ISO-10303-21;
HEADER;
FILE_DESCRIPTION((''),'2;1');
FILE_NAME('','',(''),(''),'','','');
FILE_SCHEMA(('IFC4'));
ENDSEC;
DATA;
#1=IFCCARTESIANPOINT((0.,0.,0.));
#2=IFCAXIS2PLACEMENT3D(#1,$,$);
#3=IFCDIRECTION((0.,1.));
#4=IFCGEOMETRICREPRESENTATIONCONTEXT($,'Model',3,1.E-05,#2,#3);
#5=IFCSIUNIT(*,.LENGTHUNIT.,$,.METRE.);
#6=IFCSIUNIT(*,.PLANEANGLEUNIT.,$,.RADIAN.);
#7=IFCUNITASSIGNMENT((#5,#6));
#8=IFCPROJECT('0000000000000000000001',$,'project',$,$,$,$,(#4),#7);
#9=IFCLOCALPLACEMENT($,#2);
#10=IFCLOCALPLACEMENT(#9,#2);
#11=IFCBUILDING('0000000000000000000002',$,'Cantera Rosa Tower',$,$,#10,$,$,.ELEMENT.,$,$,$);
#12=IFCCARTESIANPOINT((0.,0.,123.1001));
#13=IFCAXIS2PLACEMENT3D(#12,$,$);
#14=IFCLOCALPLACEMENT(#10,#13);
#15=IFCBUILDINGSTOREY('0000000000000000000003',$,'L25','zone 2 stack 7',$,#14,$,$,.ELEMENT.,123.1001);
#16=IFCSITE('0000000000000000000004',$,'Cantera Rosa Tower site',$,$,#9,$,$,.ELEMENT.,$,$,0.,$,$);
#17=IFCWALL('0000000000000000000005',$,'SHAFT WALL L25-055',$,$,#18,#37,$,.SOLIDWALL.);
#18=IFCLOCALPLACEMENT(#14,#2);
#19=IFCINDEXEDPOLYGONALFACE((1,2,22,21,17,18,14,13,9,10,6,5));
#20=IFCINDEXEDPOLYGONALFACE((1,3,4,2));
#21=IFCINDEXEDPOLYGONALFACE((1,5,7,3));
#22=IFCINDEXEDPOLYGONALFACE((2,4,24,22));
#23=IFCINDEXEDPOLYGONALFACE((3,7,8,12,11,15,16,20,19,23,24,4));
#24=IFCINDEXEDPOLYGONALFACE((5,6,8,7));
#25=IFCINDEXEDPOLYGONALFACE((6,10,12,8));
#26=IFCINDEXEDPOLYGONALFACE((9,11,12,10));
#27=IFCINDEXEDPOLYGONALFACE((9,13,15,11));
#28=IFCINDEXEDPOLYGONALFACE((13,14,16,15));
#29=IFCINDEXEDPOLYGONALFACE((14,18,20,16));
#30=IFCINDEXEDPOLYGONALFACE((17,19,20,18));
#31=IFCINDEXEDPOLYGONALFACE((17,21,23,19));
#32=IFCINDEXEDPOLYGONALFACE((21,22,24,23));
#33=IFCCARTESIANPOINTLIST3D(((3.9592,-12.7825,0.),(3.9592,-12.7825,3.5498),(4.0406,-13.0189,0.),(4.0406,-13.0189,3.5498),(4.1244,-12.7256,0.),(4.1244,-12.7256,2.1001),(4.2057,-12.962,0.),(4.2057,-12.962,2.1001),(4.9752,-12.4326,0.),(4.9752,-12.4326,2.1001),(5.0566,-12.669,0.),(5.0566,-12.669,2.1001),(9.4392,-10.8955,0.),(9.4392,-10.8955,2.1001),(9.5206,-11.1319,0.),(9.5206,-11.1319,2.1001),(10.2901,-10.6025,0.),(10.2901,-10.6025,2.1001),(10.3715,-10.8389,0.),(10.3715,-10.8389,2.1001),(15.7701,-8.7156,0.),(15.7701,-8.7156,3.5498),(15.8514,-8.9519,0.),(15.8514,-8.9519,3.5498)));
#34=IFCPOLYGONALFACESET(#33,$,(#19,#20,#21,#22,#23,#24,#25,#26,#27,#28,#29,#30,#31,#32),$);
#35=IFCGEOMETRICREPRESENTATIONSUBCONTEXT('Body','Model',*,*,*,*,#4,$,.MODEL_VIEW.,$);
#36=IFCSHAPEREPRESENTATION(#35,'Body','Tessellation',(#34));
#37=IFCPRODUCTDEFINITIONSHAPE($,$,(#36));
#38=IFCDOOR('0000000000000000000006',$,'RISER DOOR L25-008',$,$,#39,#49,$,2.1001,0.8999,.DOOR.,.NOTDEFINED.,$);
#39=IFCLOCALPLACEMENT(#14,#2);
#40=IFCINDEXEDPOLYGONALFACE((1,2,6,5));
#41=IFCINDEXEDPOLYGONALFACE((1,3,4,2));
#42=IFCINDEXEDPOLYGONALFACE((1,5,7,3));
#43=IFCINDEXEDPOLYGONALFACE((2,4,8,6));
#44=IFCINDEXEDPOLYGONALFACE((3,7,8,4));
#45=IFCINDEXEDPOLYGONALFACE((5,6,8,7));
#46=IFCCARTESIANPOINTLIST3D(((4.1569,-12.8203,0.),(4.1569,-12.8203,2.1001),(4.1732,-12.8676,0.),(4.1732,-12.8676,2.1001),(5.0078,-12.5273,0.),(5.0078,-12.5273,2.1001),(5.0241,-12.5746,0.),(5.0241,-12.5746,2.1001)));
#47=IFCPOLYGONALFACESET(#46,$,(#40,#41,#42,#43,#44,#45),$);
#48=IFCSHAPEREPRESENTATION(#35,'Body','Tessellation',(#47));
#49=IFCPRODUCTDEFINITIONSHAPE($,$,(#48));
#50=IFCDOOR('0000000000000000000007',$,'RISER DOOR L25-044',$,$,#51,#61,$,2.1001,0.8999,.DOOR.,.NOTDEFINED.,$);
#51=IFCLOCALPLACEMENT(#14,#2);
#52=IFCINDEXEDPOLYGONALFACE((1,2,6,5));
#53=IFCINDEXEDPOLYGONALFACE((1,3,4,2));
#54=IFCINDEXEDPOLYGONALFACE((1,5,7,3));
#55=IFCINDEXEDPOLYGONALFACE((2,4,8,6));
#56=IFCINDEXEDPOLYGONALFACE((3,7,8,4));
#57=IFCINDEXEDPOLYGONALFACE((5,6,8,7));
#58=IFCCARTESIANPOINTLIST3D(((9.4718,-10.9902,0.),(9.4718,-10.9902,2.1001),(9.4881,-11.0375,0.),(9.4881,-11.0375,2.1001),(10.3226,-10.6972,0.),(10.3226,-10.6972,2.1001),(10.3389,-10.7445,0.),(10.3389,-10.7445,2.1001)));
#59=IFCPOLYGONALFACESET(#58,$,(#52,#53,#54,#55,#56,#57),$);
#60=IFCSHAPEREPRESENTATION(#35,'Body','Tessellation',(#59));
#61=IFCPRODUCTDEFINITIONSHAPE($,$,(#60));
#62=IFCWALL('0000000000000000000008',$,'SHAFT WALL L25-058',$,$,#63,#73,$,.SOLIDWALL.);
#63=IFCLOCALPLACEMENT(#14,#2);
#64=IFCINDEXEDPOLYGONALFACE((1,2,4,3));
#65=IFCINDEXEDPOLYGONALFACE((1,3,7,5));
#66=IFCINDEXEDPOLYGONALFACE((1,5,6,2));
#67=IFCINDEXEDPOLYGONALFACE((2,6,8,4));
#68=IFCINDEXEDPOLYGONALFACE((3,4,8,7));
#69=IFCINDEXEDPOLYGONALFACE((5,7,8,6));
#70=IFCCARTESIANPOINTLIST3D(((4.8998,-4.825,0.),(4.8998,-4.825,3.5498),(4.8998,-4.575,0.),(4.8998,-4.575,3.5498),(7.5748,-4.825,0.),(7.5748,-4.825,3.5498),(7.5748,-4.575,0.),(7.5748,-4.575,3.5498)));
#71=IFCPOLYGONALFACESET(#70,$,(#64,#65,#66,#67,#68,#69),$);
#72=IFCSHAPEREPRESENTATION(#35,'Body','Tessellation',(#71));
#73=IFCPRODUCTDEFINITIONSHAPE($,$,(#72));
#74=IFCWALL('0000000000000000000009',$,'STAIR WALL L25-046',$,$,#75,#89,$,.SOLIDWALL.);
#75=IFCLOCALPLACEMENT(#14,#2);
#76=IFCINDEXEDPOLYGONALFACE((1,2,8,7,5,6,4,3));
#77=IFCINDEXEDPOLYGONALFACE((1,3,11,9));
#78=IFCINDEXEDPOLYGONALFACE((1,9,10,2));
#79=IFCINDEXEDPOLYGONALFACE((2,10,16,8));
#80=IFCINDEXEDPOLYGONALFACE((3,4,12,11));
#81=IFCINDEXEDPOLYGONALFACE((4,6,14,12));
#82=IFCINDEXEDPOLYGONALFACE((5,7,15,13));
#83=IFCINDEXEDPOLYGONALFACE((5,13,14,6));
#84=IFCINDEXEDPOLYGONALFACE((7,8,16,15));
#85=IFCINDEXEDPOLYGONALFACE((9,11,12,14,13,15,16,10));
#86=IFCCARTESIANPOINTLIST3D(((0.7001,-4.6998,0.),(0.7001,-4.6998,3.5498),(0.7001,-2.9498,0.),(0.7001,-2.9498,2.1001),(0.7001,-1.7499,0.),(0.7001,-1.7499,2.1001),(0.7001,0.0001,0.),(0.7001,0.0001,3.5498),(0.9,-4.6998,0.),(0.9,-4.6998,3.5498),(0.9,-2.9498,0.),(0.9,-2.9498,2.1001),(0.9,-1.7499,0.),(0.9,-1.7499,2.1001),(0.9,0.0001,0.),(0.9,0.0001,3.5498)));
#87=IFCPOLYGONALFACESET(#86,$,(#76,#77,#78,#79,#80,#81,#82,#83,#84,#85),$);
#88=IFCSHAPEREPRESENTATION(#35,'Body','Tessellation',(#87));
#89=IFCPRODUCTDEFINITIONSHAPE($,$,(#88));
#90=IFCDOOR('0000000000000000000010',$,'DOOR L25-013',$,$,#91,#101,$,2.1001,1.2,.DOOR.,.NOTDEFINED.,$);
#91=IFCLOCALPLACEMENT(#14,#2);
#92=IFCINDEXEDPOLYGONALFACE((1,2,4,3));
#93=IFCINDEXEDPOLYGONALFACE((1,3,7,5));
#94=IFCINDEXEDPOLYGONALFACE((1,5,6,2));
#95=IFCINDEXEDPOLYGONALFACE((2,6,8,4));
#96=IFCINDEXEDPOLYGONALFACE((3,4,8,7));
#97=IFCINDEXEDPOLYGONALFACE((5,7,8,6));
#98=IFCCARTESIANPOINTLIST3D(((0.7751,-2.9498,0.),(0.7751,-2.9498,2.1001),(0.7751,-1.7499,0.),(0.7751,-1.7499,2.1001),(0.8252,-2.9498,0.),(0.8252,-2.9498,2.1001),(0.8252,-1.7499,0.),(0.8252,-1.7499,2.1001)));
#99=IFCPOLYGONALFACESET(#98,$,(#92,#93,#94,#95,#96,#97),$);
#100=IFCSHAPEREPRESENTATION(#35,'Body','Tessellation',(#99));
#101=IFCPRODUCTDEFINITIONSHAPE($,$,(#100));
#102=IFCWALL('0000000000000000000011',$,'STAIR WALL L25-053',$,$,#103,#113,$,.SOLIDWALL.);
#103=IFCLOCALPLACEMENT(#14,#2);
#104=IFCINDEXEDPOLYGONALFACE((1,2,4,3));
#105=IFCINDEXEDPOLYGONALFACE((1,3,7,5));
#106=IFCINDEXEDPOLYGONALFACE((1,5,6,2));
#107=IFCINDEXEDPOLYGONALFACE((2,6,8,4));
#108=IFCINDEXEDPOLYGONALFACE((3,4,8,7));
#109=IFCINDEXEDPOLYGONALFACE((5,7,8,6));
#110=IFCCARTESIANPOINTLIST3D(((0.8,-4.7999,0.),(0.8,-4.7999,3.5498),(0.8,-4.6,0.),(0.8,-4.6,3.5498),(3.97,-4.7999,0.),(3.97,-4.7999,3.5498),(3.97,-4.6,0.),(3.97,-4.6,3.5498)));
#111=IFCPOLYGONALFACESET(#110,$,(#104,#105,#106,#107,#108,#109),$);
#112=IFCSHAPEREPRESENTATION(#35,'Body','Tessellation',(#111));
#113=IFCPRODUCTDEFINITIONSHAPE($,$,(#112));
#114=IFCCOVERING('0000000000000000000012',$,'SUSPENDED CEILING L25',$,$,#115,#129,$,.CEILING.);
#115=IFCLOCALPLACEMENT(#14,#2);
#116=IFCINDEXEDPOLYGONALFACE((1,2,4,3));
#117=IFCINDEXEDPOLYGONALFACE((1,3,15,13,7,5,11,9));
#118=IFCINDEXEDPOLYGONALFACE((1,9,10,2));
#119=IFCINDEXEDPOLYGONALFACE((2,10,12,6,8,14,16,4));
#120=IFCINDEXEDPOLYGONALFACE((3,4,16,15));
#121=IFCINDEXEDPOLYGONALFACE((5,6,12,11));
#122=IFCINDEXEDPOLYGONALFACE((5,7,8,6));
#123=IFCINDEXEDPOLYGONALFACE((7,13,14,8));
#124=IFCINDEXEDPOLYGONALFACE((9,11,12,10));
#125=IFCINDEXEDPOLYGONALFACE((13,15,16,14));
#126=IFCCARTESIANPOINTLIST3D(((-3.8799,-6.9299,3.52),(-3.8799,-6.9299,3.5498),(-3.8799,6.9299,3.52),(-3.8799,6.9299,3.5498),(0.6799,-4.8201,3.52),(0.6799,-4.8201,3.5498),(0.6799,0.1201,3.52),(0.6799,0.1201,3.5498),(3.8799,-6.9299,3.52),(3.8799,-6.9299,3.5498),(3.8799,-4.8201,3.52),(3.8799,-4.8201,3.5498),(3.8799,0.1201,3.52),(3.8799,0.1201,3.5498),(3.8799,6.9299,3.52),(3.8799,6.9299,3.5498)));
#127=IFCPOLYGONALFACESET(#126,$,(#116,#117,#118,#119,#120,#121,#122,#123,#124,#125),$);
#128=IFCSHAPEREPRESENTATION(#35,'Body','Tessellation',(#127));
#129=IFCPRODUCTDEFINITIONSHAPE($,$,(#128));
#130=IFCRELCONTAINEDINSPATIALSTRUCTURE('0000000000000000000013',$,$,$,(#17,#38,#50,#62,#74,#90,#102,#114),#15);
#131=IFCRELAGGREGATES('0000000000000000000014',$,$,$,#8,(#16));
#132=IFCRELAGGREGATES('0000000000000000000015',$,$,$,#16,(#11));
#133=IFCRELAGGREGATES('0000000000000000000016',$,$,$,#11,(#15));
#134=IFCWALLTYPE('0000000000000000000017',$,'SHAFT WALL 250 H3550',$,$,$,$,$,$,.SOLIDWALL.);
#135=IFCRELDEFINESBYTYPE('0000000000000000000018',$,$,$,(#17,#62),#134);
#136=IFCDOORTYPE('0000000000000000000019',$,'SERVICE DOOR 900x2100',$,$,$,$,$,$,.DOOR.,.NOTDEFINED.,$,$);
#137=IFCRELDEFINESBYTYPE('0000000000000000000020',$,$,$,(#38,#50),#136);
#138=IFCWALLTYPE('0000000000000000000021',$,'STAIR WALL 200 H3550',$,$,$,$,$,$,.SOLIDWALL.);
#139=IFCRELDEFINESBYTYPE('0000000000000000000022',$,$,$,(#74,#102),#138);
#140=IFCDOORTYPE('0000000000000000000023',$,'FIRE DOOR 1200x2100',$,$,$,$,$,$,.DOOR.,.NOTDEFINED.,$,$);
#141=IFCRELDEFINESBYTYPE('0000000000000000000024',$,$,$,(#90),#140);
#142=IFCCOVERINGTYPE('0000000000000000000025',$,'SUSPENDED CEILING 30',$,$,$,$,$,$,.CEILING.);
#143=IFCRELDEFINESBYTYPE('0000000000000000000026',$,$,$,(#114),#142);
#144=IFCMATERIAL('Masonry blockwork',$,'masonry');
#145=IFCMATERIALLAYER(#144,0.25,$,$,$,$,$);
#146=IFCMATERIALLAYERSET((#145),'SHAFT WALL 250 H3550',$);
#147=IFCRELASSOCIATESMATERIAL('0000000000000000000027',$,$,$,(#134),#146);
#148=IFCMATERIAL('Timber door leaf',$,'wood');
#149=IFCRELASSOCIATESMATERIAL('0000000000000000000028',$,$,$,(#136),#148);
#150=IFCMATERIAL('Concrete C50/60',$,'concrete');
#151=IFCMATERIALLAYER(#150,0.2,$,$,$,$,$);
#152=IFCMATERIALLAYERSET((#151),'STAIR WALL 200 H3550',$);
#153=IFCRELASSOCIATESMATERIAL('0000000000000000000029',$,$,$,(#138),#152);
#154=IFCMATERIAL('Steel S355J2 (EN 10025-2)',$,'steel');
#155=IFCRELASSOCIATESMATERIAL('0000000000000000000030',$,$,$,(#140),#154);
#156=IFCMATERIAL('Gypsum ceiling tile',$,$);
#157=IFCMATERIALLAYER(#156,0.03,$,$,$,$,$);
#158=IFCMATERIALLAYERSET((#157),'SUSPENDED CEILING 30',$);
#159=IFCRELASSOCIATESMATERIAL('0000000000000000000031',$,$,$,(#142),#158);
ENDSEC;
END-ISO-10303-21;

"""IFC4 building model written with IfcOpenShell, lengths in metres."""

from ifc_helpers import new_model, si_unit, direction, frame, frame_2d, origin, place, context, subcontext, project, spatial, polyline, rectangle, outline, extrude, material, layer, layer_set, type_object, element, fill, save


model = new_model("IFC4")

# Units and contexts
model_context = context("Model", 3, precision=1e-05, world=origin(), true_north=direction((0.0, 1.0)))
body_context = subcontext(model_context, "Body", "Model", "MODEL_VIEW")
ifc_project = project(units=[si_unit("LENGTHUNIT", "METRE"), si_unit("PLANEANGLEUNIT", "RADIAN")], contexts=[model_context])

# Site, building, storey
site_placement = place(None, origin())
site = spatial("IfcSite", under=ifc_project, at=site_placement, Name="Cantera Rosa Tower site", CompositionType="ELEMENT", RefElevation=0.0)
building_placement = place(site_placement, origin())
building = spatial("IfcBuilding", under=site, at=building_placement, Name="Cantera Rosa Tower", CompositionType="ELEMENT")
storey_placement = place(building_placement, frame((0.0, 0.0, 123.1001)))
storey = spatial("IfcBuildingStorey", under=building, at=storey_placement, Name="L25", Description="zone 2 stack 7", CompositionType="ELEMENT", Elevation=123.1001)

# Shared definitions
ifc_material_1 = material(Name="Masonry blockwork", Category="masonry")
ifc_layer_1 = layer(ifc_material_1, 0.25)
ifc_layer_set_1 = layer_set([ifc_layer_1], Name="SHAFT WALL 250 H3550")
wall_type_1 = type_object("IfcWallType", Name="SHAFT WALL 250 H3550", PredefinedType="SOLIDWALL", material=ifc_layer_set_1)

# Wall, openings, doors
wall_1_placement = place(storey_placement, frame((4.0, -12.9006, 0.0), z_axis=(0.0, 0.0, 1.0), x_axis=(0.945516, 0.325576, 0.0)))
wall_1 = element("IfcWall", 1, at=wall_1_placement, inside=storey, type_object=wall_type_1, Name="SHAFT WALL L25-055", PredefinedType="SOLIDWALL", context=body_context, shape_type="SweptSolid", body=[
    extrude(rectangle(XDim=12.4915, YDim=0.25, at=frame_2d((6.2456, 0.0))), origin(), (0.0, 0.0, 1.0), 3.5498),
])
opening_1_placement = place(wall_1_placement, frame((0.1746, 0.0, 0.0)))
opening_1 = element("IfcOpeningElement", 2, at=opening_1_placement, cuts=wall_1, PredefinedType="OPENING", context=body_context, shape_type="SweptSolid", body=[
    extrude(rectangle(XDim=0.8999, YDim=2.1001, at=frame_2d((0.45, 1.05))), frame((0.0, 0.135, 0.0), z_axis=(0.0, -1.0, 0.0), x_axis=(1.0, 0.0, 0.0)), (0.0, 0.0, 1.0), 0.27),
])
opening_2_placement = place(wall_1_placement, frame((5.7957, 0.0, 0.0)))
opening_2 = element("IfcOpeningElement", 3, at=opening_2_placement, cuts=wall_1, PredefinedType="OPENING", context=body_context, shape_type="SweptSolid", body=[
    extrude(rectangle(XDim=0.8999, YDim=2.1001, at=frame_2d((0.45, 1.05))), frame((0.0, 0.135, 0.0), z_axis=(0.0, -1.0, 0.0), x_axis=(1.0, 0.0, 0.0)), (0.0, 0.0, 1.0), 0.27),
])
ifc_material_2 = material(Name="Timber door leaf", Category="wood")
door_type_1 = type_object("IfcDoorType", Name="SERVICE DOOR 900x2100", OperationType="NOTDEFINED", PredefinedType="DOOR", material=ifc_material_2)
door_1_placement = place(opening_1_placement, origin())
door_1 = element("IfcDoor", 4, at=door_1_placement, inside=storey, type_object=door_type_1, Name="RISER DOOR L25-008", OperationType="NOTDEFINED", OverallHeight=2.1001, OverallWidth=0.8999, PredefinedType="DOOR", context=body_context, shape_type="SweptSolid", body=[
    extrude(rectangle(XDim=0.8999, YDim=2.1001, at=frame_2d((0.45, 1.05))), frame((0.0, 0.0249, 0.0), z_axis=(0.0, -1.0, 0.0), x_axis=(1.0, 0.0, 0.0)), (0.0, 0.0, 1.0), 0.05),
])
fill(opening_1, door_1)
door_2_placement = place(opening_2_placement, origin())
door_2 = element("IfcDoor", 5, at=door_2_placement, inside=storey, type_object=door_type_1, Name="RISER DOOR L25-044", OperationType="NOTDEFINED", OverallHeight=2.1001, OverallWidth=0.8999, PredefinedType="DOOR", context=body_context, shape_type="SweptSolid", body=[
    extrude(rectangle(XDim=0.8999, YDim=2.1001, at=frame_2d((0.45, 1.05))), frame((0.0, 0.0249, 0.0), z_axis=(0.0, -1.0, 0.0), x_axis=(1.0, 0.0, 0.0)), (0.0, 0.0, 1.0), 0.05),
])
fill(opening_2, door_2)

# Wall
wall_2_placement = place(storey_placement, frame((4.8999, -4.7, 0.0), z_axis=(0.0, 0.0, 1.0), x_axis=(1.0, 0.0, 0.0)))
element("IfcWall", 6, at=wall_2_placement, inside=storey, type_object=wall_type_1, Name="SHAFT WALL L25-058", PredefinedType="SOLIDWALL", context=body_context, shape_type="SweptSolid", body=[
    extrude(rectangle(XDim=2.675, YDim=0.25, at=frame_2d((1.3374, 0.0))), origin(), (0.0, 0.0, 1.0), 3.5498),
])

# Wall, opening, door
ifc_material_3 = material(Name="Concrete C50/60", Category="concrete")
ifc_layer_2 = layer(ifc_material_3, 0.2)
ifc_layer_set_2 = layer_set([ifc_layer_2], Name="STAIR WALL 200 H3550")
wall_type_2 = type_object("IfcWallType", Name="STAIR WALL 200 H3550", PredefinedType="SOLIDWALL", material=ifc_layer_set_2)
wall_3_placement = place(storey_placement, frame((0.8, -4.7, 0.0), z_axis=(0.0, 0.0, 1.0), x_axis=(0.0, 1.0, 0.0)))
wall_3 = element("IfcWall", 7, at=wall_3_placement, inside=storey, type_object=wall_type_2, Name="STAIR WALL L25-046", PredefinedType="SOLIDWALL", context=body_context, shape_type="SweptSolid", body=[
    extrude(rectangle(XDim=4.7, YDim=0.2, at=frame_2d((2.3501, 0.0))), origin(), (0.0, 0.0, 1.0), 3.5498),
])
opening_3_placement = place(wall_3_placement, frame((1.75, 0.0, 0.0)))
opening_3 = element("IfcOpeningElement", 8, at=opening_3_placement, cuts=wall_3, PredefinedType="OPENING", context=body_context, shape_type="SweptSolid", body=[
    extrude(rectangle(XDim=1.2, YDim=2.1001, at=frame_2d((0.6001, 1.05))), frame((0.0, 0.1099, 0.0), z_axis=(0.0, -1.0, 0.0), x_axis=(1.0, 0.0, 0.0)), (0.0, 0.0, 1.0), 0.22),
])
ifc_material_4 = material(Name="Steel S355J2 (EN 10025-2)", Category="steel")
door_type_2 = type_object("IfcDoorType", Name="FIRE DOOR 1200x2100", OperationType="NOTDEFINED", PredefinedType="DOOR", material=ifc_material_4)
door_3_placement = place(opening_3_placement, origin())
door_3 = element("IfcDoor", 9, at=door_3_placement, inside=storey, type_object=door_type_2, Name="DOOR L25-013", OperationType="NOTDEFINED", OverallHeight=2.1001, OverallWidth=1.2, PredefinedType="DOOR", context=body_context, shape_type="SweptSolid", body=[
    extrude(rectangle(XDim=1.2, YDim=2.1001, at=frame_2d((0.6001, 1.05))), frame((0.0, 0.0249, 0.0), z_axis=(0.0, -1.0, 0.0), x_axis=(1.0, 0.0, 0.0)), (0.0, 0.0, 1.0), 0.05),
])
fill(opening_3, door_3)

# Wall
wall_4_placement = place(storey_placement, frame((3.97, -4.7, 0.0), z_axis=(0.0, 0.0, 1.0), x_axis=(-1.0, 0.0, 0.0)))
element("IfcWall", 10, at=wall_4_placement, inside=storey, type_object=wall_type_2, Name="STAIR WALL L25-053", PredefinedType="SOLIDWALL", context=body_context, shape_type="SweptSolid", body=[
    extrude(rectangle(XDim=3.1699, YDim=0.2, at=frame_2d((1.585, 0.0))), origin(), (0.0, 0.0, 1.0), 3.5498),
])

# Covering
ifc_material_5 = material(Name="Gypsum ceiling tile")
ifc_layer_3 = layer(ifc_material_5, 0.03)
ifc_layer_set_3 = layer_set([ifc_layer_3], Name="SUSPENDED CEILING 30")
covering_type = type_object("IfcCoveringType", Name="SUSPENDED CEILING 30", PredefinedType="CEILING", material=ifc_layer_set_3)
covering_placement = place(storey_placement, frame((0.0, 0.0, 3.52)))
element("IfcCovering", 11, at=covering_placement, inside=storey, type_object=covering_type, Name="SUSPENDED CEILING L25", PredefinedType="CEILING", context=body_context, shape_type="SweptSolid", body=[
    extrude(outline(polyline([(3.8799, 6.9299), (3.8799, 0.1201), (0.6799, 0.1201), (0.6799, -4.8201), (3.8799, -4.8201), (3.8799, -6.9299), (-3.8799, -6.9299), (-3.8799, 6.9299), (3.8799, 6.9299)])), origin(), (0.0, 0.0, 1.0), 0.0298),
])

save(model, "model.ifc")
